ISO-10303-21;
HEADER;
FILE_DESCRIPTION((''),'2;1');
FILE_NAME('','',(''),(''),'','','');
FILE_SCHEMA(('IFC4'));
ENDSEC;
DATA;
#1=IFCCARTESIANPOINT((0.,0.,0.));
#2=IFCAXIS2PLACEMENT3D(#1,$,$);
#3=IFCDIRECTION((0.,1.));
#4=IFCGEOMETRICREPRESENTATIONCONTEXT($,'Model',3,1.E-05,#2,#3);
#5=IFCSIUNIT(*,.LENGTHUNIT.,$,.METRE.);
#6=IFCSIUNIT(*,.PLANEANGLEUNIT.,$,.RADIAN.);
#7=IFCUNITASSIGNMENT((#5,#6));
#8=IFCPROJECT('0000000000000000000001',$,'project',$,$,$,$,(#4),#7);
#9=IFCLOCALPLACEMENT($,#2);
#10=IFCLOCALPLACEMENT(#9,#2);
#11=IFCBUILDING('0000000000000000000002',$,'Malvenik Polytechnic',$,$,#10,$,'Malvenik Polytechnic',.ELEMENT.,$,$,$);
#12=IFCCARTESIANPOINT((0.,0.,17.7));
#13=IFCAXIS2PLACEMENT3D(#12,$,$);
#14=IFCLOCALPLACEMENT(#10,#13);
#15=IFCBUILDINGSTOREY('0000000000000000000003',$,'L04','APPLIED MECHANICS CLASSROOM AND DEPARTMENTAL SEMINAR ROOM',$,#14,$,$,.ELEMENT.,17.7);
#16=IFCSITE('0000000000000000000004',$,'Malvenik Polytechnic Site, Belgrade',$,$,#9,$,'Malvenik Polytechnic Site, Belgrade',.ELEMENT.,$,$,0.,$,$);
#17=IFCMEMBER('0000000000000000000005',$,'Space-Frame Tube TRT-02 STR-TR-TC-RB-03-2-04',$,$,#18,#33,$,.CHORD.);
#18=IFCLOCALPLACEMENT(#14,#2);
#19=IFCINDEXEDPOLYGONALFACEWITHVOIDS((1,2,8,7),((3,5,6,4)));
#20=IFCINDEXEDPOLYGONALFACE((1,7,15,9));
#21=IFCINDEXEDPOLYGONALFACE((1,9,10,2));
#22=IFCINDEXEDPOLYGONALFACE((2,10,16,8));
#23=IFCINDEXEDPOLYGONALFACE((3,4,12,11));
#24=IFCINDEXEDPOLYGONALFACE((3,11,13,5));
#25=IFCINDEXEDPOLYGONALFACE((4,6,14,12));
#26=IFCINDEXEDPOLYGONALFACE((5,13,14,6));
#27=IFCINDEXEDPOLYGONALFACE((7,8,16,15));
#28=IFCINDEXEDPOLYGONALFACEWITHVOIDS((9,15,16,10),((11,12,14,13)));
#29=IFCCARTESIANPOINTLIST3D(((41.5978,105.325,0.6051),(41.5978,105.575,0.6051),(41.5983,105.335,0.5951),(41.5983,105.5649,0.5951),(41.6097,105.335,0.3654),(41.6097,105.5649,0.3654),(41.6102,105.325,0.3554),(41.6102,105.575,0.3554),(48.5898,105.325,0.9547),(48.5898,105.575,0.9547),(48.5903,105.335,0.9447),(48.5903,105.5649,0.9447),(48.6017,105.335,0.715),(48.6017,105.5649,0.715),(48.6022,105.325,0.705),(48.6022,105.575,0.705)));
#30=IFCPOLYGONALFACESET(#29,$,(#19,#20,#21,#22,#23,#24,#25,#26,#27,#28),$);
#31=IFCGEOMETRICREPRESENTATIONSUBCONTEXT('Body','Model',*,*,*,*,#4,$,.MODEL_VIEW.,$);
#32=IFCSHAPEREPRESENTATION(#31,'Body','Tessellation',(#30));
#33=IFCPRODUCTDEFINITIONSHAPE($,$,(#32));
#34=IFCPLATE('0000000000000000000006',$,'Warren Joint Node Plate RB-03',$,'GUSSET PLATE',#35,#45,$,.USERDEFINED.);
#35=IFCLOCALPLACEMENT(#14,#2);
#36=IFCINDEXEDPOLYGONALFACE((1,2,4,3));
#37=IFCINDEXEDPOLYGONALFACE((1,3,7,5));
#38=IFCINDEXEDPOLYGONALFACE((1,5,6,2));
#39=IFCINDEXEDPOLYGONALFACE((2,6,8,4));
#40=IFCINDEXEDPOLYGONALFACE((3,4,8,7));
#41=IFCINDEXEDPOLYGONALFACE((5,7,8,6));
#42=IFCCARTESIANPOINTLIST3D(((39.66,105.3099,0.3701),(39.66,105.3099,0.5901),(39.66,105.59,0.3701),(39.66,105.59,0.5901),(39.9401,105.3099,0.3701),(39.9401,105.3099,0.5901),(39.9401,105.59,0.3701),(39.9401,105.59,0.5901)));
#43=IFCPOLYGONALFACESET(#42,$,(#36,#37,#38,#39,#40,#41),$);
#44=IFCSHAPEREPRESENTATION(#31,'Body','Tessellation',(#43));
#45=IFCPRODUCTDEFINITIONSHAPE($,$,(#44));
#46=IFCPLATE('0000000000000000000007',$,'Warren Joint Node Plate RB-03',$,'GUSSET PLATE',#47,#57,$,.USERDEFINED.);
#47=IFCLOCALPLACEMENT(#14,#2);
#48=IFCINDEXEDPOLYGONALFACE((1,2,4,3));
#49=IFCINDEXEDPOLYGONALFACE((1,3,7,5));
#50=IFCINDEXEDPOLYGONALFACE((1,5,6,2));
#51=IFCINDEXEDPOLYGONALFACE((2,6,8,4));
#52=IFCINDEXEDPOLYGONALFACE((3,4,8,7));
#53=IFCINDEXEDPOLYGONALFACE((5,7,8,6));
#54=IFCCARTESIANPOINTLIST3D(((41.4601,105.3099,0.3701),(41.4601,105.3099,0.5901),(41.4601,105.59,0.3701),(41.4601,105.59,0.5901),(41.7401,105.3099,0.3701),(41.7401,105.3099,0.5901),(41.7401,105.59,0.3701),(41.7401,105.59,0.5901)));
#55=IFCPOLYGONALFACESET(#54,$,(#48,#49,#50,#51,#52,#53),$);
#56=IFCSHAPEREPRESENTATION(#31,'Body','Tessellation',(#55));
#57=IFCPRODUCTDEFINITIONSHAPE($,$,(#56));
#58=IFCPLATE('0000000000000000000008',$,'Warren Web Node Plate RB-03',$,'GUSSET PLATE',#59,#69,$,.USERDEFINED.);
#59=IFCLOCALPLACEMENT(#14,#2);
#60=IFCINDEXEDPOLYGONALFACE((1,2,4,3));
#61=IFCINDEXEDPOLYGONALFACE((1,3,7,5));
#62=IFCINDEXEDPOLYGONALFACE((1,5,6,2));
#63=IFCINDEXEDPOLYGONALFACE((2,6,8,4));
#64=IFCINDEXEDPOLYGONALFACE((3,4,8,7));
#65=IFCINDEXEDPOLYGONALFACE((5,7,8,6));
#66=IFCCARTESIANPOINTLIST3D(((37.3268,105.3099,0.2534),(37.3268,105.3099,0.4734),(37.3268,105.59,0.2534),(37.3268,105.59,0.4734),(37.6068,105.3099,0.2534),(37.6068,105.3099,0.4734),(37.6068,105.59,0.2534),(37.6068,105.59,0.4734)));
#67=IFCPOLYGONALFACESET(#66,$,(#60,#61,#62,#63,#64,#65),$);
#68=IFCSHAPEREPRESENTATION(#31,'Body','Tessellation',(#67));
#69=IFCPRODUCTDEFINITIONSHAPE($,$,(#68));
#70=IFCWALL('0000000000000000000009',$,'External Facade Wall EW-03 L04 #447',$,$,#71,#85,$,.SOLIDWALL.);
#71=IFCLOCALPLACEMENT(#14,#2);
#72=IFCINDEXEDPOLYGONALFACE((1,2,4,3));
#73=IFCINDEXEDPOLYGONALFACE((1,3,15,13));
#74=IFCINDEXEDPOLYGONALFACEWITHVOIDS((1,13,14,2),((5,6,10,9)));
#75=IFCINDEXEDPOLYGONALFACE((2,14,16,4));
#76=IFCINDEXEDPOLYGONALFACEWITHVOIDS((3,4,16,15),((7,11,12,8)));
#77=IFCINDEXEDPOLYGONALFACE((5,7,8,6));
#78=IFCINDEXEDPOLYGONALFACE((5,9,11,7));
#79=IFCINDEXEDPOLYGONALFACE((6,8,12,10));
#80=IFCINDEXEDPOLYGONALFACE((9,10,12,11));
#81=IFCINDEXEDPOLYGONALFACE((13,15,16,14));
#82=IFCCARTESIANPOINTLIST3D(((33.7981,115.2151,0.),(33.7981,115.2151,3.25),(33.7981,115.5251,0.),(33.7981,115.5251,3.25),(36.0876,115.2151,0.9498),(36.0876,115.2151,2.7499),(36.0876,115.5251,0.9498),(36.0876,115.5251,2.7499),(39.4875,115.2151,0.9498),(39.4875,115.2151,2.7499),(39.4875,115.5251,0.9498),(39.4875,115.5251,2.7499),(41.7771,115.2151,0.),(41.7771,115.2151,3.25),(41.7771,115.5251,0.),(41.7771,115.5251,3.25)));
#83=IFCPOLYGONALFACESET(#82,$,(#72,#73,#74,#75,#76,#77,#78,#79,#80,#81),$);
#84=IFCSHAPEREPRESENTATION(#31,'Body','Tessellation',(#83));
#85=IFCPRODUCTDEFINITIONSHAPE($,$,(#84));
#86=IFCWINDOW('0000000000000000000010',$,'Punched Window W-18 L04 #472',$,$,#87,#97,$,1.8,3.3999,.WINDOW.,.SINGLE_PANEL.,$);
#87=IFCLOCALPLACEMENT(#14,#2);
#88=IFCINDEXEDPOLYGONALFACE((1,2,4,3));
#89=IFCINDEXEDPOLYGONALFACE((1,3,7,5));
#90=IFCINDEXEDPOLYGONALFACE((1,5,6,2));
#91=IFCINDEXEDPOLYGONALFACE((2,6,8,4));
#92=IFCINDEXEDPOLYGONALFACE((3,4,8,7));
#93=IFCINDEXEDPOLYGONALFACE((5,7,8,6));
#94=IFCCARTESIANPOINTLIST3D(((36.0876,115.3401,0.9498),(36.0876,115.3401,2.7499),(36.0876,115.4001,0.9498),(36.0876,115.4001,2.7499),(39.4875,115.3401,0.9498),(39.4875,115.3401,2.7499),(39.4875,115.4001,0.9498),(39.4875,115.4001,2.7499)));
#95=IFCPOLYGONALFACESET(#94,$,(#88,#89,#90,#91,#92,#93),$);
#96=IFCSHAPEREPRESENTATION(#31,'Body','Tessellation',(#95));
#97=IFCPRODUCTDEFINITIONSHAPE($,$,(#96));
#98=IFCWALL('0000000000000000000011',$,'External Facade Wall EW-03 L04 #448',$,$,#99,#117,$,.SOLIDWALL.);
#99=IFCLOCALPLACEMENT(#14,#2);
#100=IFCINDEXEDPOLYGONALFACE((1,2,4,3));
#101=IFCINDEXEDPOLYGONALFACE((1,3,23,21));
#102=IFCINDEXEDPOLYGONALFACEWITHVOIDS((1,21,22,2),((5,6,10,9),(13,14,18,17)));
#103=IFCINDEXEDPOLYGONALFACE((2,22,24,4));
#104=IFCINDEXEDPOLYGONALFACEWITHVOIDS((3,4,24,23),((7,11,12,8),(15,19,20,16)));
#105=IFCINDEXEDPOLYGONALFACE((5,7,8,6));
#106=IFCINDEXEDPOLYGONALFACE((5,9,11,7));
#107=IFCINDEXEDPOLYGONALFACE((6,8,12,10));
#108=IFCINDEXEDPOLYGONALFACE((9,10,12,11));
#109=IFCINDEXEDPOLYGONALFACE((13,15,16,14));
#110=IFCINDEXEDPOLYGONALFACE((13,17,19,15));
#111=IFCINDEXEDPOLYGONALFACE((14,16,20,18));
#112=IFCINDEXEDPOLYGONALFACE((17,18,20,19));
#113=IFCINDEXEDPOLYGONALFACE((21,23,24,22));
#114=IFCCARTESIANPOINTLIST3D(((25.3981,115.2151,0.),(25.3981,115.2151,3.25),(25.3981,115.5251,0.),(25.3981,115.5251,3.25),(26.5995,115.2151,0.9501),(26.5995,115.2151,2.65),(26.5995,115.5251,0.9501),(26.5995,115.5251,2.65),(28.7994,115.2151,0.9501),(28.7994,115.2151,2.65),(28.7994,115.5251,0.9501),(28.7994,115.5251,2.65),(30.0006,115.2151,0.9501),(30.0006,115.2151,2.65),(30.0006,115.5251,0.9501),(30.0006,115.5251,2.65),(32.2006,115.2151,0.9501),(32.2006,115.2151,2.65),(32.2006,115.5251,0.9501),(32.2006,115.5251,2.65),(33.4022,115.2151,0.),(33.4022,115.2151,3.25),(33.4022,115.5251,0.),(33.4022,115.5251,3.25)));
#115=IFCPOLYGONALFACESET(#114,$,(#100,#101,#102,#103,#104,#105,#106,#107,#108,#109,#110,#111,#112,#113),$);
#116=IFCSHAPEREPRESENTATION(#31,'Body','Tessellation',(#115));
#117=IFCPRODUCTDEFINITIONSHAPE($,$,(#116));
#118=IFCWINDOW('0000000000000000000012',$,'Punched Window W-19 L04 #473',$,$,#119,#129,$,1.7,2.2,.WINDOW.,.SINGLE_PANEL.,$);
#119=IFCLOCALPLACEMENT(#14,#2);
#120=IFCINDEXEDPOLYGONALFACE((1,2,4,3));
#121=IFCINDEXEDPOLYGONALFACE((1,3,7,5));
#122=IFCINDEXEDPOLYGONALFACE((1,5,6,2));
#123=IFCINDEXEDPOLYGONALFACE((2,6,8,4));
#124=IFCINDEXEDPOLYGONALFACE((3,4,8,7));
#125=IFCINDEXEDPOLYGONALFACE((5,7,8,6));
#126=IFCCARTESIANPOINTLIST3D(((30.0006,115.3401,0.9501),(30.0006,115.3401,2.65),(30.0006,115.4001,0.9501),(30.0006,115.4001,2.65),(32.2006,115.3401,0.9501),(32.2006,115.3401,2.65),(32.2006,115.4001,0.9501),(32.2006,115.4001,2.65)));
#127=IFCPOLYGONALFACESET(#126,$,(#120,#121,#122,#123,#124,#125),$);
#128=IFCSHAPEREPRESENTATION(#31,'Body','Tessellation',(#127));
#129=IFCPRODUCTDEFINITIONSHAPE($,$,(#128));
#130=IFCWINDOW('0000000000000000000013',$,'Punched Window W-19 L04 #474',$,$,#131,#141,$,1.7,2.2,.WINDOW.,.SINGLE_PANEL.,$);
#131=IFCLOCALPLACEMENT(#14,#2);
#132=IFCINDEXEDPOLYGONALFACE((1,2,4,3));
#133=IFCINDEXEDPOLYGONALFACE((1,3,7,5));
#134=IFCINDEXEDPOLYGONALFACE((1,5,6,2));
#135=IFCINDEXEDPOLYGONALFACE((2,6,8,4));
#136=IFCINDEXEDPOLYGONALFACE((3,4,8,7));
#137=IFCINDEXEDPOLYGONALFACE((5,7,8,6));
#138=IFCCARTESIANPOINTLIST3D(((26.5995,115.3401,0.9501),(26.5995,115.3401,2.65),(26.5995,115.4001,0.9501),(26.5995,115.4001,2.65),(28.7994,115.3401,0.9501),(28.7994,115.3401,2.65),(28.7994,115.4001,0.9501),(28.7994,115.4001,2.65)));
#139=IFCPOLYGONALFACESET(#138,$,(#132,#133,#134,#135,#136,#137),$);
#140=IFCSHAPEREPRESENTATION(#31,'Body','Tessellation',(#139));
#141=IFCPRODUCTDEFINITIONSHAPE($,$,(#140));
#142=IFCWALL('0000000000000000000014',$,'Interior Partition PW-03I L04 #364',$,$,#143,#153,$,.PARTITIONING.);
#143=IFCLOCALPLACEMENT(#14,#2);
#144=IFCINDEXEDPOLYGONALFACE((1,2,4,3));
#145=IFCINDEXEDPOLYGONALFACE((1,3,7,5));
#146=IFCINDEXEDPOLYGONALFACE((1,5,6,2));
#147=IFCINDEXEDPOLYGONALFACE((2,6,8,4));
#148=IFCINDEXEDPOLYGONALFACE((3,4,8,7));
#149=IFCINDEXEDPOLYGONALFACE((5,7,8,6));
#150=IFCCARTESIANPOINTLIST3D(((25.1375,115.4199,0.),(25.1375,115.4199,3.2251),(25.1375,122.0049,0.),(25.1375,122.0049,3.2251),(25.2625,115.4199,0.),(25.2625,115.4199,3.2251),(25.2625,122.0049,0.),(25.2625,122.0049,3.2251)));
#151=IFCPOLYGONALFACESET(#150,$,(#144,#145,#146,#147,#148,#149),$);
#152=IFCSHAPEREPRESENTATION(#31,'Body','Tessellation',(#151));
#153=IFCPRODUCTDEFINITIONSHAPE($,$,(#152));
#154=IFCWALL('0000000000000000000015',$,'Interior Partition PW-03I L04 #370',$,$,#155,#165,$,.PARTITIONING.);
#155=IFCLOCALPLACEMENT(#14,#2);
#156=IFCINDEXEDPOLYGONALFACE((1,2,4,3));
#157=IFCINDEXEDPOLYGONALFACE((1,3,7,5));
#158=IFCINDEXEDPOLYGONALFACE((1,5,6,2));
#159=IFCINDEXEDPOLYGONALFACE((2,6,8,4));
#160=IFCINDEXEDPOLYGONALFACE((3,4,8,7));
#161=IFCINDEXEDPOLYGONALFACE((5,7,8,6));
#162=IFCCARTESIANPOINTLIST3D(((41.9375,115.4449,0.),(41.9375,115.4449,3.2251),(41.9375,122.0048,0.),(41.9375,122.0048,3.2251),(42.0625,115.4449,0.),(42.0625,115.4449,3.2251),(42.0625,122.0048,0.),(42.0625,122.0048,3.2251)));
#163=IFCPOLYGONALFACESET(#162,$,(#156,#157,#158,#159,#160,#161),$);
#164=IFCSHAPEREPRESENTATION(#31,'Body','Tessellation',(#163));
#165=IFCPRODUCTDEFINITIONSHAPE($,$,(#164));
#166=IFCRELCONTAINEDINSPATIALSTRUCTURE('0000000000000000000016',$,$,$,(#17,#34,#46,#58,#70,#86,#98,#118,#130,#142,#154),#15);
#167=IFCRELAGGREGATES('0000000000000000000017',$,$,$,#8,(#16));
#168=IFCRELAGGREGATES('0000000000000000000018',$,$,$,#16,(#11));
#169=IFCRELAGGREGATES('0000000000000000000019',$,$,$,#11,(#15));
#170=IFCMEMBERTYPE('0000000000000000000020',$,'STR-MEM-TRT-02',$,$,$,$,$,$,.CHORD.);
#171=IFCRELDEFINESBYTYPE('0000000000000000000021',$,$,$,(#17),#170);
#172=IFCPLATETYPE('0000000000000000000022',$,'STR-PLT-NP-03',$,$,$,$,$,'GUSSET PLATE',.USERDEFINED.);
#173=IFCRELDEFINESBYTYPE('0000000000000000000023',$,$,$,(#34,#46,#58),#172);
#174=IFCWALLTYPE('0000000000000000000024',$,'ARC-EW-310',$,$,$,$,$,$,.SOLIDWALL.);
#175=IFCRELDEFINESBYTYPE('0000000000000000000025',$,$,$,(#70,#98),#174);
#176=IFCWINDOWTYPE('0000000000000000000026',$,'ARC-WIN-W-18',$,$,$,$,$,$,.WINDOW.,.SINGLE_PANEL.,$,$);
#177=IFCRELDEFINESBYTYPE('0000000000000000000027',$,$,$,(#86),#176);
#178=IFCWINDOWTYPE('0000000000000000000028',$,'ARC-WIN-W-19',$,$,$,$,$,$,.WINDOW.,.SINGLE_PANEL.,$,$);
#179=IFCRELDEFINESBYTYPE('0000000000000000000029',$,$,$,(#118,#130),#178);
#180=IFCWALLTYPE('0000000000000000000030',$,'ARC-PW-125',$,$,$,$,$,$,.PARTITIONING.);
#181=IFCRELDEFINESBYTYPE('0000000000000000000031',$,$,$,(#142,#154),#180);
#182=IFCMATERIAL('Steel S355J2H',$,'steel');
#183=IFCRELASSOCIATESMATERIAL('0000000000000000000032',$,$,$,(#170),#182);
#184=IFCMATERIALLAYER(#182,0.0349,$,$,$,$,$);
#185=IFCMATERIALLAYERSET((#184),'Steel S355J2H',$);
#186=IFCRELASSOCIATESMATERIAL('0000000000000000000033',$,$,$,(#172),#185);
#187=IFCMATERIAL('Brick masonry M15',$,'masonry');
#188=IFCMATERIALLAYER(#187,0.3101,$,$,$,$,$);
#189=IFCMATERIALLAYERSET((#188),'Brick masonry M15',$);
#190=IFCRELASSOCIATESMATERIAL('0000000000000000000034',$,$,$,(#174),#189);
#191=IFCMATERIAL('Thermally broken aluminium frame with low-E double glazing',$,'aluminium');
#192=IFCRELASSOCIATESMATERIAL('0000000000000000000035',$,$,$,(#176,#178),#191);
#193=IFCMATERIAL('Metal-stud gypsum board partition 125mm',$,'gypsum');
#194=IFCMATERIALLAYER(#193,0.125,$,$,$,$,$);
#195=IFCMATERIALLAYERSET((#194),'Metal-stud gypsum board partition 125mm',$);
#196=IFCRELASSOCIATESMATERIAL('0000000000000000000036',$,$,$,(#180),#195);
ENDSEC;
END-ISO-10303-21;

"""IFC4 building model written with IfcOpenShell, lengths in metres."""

from ifc_helpers import new_model, si_unit, direction, frame, frame_2d, origin, origin_2d, place, context, subcontext, project, spatial, rectangle, hollow_rectangle, extrude, material, layer, layer_set, material_profile, profile_set, type_object, element, fill, save


model = new_model("IFC4")

# Units and contexts
model_context = context("Model", 3, precision=1e-05, world=origin(), true_north=direction((0.0, 1.0)))
body_context = subcontext(model_context, "Body", "Model", "MODEL_VIEW")
ifc_project = project(units=[si_unit("LENGTHUNIT", "METRE"), si_unit("PLANEANGLEUNIT", "RADIAN")], contexts=[model_context])

# Site, building, storey
site_placement = place(None, origin())
site = spatial("IfcSite", under=ifc_project, at=site_placement, Name="Malvenik Polytechnic Site, Belgrade", LongName="Malvenik Polytechnic Site, Belgrade", CompositionType="ELEMENT", RefElevation=0.0)
building_placement = place(site_placement, origin())
building = spatial("IfcBuilding", under=site, at=building_placement, Name="Malvenik Polytechnic", LongName="Malvenik Polytechnic", CompositionType="ELEMENT")
storey_placement = place(building_placement, frame((0.0, 0.0, 17.7)))
storey = spatial("IfcBuildingStorey", under=building, at=storey_placement, Name="L04", Description="APPLIED MECHANICS CLASSROOM AND DEPARTMENTAL SEMINAR ROOM", CompositionType="ELEMENT", Elevation=17.7)

# Shared definitions
ifc_material_1 = material(Name="Steel S355J2H", Category="steel")

# Member
ifc_material_profile_1 = material_profile(ifc_material_1, hollow_rectangle(XDim=0.25, YDim=0.25, WallThickness=0.01, at=origin_2d()), Name="SHS 250x250x10.0")
ifc_profile_set_1 = profile_set([ifc_material_profile_1], Name="Steel S355J2H")
member_type = type_object("IfcMemberType", Name="STR-MEM-TRT-02", PredefinedType="CHORD", material=ifc_profile_set_1)
member_1_placement = place(storey_placement, frame((41.604, 105.45, 0.4802), z_axis=(0.998752, 0.0, 0.049939), x_axis=(0.0, 1.0, 0.0)))
element("IfcMember", 1, at=member_1_placement, inside=storey, type_object=member_type, Name="Space-Frame Tube TRT-02 STR-TR-TC-RB-03-2-04", PredefinedType="CHORD", context=body_context, shape_type="SweptSolid", body=[
    extrude(hollow_rectangle(XDim=0.25, YDim=0.25, WallThickness=0.01, at=origin_2d()), origin(), (0.0, 0.0, 1.0), 7.0007),
])

# Plates
ifc_layer_1 = layer(ifc_material_1, 0.0349)
ifc_layer_set_1 = layer_set([ifc_layer_1], Name="Steel S355J2H")
plate_type = type_object("IfcPlateType", Name="STR-PLT-NP-03", ElementType="GUSSET PLATE", PredefinedType="USERDEFINED", material=ifc_layer_set_1)
for number, where, z_axis, x_axis, name in (
    (2, (39.8, 105.45, 0.3701), (0.0, 0.0, 1.0), (1.0, 0.0, 0.0), "Warren Joint Node Plate RB-03"),
    (3, (41.6001, 105.45, 0.3701), (0.0, 0.0, 1.0), (1.0, 0.0, 0.0), "Warren Joint Node Plate RB-03"),
    (4, (37.4668, 105.45, 0.2534), (0.0, 0.0, 1.0), (1.0, 0.0, 0.0), "Warren Web Node Plate RB-03"),
):
    element("IfcPlate", number, at=place(storey_placement, frame(where, z_axis=z_axis, x_axis=x_axis)), inside=storey, type_object=plate_type, Name=name, ObjectType="GUSSET PLATE", PredefinedType="USERDEFINED", context=body_context, shape_type="SweptSolid", body=[
        extrude(rectangle(XDim=0.28, YDim=0.28, at=origin_2d()), origin(), (0.0, 0.0, 1.0), 0.22),
    ])

# Wall, opening, window
ifc_material_2 = material(Name="Brick masonry M15", Category="masonry")
ifc_layer_2 = layer(ifc_material_2, 0.3101)
ifc_layer_set_2 = layer_set([ifc_layer_2], Name="Brick masonry M15")
wall_type_1 = type_object("IfcWallType", Name="ARC-EW-310", PredefinedType="SOLIDWALL", material=ifc_layer_set_2)
wall_1_placement = place(storey_placement, frame((41.7771, 115.3701, 0.0), z_axis=(0.0, 0.0, 1.0), x_axis=(-1.0, 0.0, 0.0)))
wall_1 = element("IfcWall", 5, at=wall_1_placement, inside=storey, type_object=wall_type_1, Name="External Facade Wall EW-03 L04 #447", PredefinedType="SOLIDWALL", context=body_context, shape_type="SweptSolid", body=[
    extrude(rectangle(XDim=7.979, YDim=0.3101, at=frame_2d((3.9895, 0.0))), origin(), (0.0, 0.0, 1.0), 3.25),
])
opening_1_placement = place(wall_1_placement, frame((2.2896, 0.0, 0.95)))
opening_1 = element("IfcOpeningElement", 6, at=opening_1_placement, cuts=wall_1, PredefinedType="OPENING", context=body_context, shape_type="SweptSolid", body=[
    extrude(rectangle(XDim=3.3999, YDim=1.8, at=frame_2d((1.7, 0.8999))), frame((0.0, 0.165, 0.0), z_axis=(0.0, -1.0, 0.0), x_axis=(1.0, 0.0, 0.0)), (0.0, 0.0, 1.0), 0.3301),
])
ifc_material_3 = material(Name="Thermally broken aluminium frame with low-E double glazing", Category="aluminium")
window_type_1 = type_object("IfcWindowType", Name="ARC-WIN-W-18", PartitioningType="SINGLE_PANEL", PredefinedType="WINDOW", material=ifc_material_3)
window_1_placement = place(opening_1_placement, origin())
window_1 = element("IfcWindow", 7, at=window_1_placement, inside=storey, type_object=window_type_1, Name="Punched Window W-18 L04 #472", OverallHeight=1.8, OverallWidth=3.3999, PartitioningType="SINGLE_PANEL", PredefinedType="WINDOW", context=body_context, shape_type="SweptSolid", body=[
    extrude(rectangle(XDim=3.3999, YDim=1.8, at=frame_2d((1.7, 0.8999))), frame((0.0, 0.03, 0.0), z_axis=(0.0, -1.0, 0.0), x_axis=(1.0, 0.0, 0.0)), (0.0, 0.0, 1.0), 0.0601),
])
fill(opening_1, window_1)

# Wall, openings, windows
wall_2_placement = place(storey_placement, frame((33.4021, 115.3701, 0.0), z_axis=(0.0, 0.0, 1.0), x_axis=(-1.0, 0.0, 0.0)))
wall_2 = element("IfcWall", 8, at=wall_2_placement, inside=storey, type_object=wall_type_1, Name="External Facade Wall EW-03 L04 #448", PredefinedType="SOLIDWALL", context=body_context, shape_type="SweptSolid", body=[
    extrude(rectangle(XDim=8.0042, YDim=0.3101, at=frame_2d((4.002, 0.0))), origin(), (0.0, 0.0, 1.0), 3.25),
])
opening_2_placement = place(wall_2_placement, frame((1.2014, 0.0, 0.95)))
opening_2 = element("IfcOpeningElement", 9, at=opening_2_placement, cuts=wall_2, PredefinedType="OPENING", context=body_context, shape_type="SweptSolid", body=[
    extrude(rectangle(XDim=2.2, YDim=1.7, at=frame_2d((1.1001, 0.8501))), frame((0.0, 0.165, 0.0), z_axis=(0.0, -1.0, 0.0), x_axis=(1.0, 0.0, 0.0)), (0.0, 0.0, 1.0), 0.3301),
])
opening_3_placement = place(wall_2_placement, frame((4.6025, 0.0, 0.95)))
opening_3 = element("IfcOpeningElement", 10, at=opening_3_placement, cuts=wall_2, PredefinedType="OPENING", context=body_context, shape_type="SweptSolid", body=[
    extrude(rectangle(XDim=2.2, YDim=1.7, at=frame_2d((1.1001, 0.8501))), frame((0.0, 0.165, 0.0), z_axis=(0.0, -1.0, 0.0), x_axis=(1.0, 0.0, 0.0)), (0.0, 0.0, 1.0), 0.3301),
])
window_type_2 = type_object("IfcWindowType", Name="ARC-WIN-W-19", PartitioningType="SINGLE_PANEL", PredefinedType="WINDOW", material=ifc_material_3)
window_2_placement = place(opening_2_placement, origin())
window_2 = element("IfcWindow", 11, at=window_2_placement, inside=storey, type_object=window_type_2, Name="Punched Window W-19 L04 #473", OverallHeight=1.7, OverallWidth=2.2, PartitioningType="SINGLE_PANEL", PredefinedType="WINDOW", context=body_context, shape_type="SweptSolid", body=[
    extrude(rectangle(XDim=2.2, YDim=1.7, at=frame_2d((1.1001, 0.8501))), frame((0.0, 0.03, 0.0), z_axis=(0.0, -1.0, 0.0), x_axis=(1.0, 0.0, 0.0)), (0.0, 0.0, 1.0), 0.0601),
])
fill(opening_2, window_2)
window_3_placement = place(opening_3_placement, origin())
window_3 = element("IfcWindow", 12, at=window_3_placement, inside=storey, type_object=window_type_2, Name="Punched Window W-19 L04 #474", OverallHeight=1.7, OverallWidth=2.2, PartitioningType="SINGLE_PANEL", PredefinedType="WINDOW", context=body_context, shape_type="SweptSolid", body=[
    extrude(rectangle(XDim=2.2, YDim=1.7, at=frame_2d((1.1001, 0.8501))), frame((0.0, 0.03, 0.0), z_axis=(0.0, -1.0, 0.0), x_axis=(1.0, 0.0, 0.0)), (0.0, 0.0, 1.0), 0.0601),
])
fill(opening_3, window_3)

# Walls
ifc_material_4 = material(Name="Metal-stud gypsum board partition 125mm", Category="gypsum")
ifc_layer_3 = layer(ifc_material_4, 0.125)
ifc_layer_set_3 = layer_set([ifc_layer_3], Name="Metal-stud gypsum board partition 125mm")
wall_type_2 = type_object("IfcWallType", Name="ARC-PW-125", PredefinedType="PARTITIONING", material=ifc_layer_set_3)
wall_3_placement = place(storey_placement, frame((25.2, 115.4199, 0.0), z_axis=(0.0, 0.0, 1.0), x_axis=(0.0, 1.0, 0.0)))
element("IfcWall", 13, at=wall_3_placement, inside=storey, type_object=wall_type_2, Name="Interior Partition PW-03I L04 #364", PredefinedType="PARTITIONING", context=body_context, shape_type="SweptSolid", body=[
    extrude(rectangle(XDim=6.585, YDim=0.125, at=frame_2d((3.2925, 0.0))), origin(), (0.0, 0.0, 1.0), 3.2251),
])
wall_4_placement = place(storey_placement, frame((42.0, 115.4451, 0.0), z_axis=(0.0, 0.0, 1.0), x_axis=(0.0, 1.0, 0.0)))
element("IfcWall", 14, at=wall_4_placement, inside=storey, type_object=wall_type_2, Name="Interior Partition PW-03I L04 #370", PredefinedType="PARTITIONING", context=body_context, shape_type="SweptSolid", body=[
    extrude(rectangle(XDim=6.5598, YDim=0.125, at=frame_2d((3.2798, 0.0))), origin(), (0.0, 0.0, 1.0), 3.2251),
])

save(model, "model.ifc")
